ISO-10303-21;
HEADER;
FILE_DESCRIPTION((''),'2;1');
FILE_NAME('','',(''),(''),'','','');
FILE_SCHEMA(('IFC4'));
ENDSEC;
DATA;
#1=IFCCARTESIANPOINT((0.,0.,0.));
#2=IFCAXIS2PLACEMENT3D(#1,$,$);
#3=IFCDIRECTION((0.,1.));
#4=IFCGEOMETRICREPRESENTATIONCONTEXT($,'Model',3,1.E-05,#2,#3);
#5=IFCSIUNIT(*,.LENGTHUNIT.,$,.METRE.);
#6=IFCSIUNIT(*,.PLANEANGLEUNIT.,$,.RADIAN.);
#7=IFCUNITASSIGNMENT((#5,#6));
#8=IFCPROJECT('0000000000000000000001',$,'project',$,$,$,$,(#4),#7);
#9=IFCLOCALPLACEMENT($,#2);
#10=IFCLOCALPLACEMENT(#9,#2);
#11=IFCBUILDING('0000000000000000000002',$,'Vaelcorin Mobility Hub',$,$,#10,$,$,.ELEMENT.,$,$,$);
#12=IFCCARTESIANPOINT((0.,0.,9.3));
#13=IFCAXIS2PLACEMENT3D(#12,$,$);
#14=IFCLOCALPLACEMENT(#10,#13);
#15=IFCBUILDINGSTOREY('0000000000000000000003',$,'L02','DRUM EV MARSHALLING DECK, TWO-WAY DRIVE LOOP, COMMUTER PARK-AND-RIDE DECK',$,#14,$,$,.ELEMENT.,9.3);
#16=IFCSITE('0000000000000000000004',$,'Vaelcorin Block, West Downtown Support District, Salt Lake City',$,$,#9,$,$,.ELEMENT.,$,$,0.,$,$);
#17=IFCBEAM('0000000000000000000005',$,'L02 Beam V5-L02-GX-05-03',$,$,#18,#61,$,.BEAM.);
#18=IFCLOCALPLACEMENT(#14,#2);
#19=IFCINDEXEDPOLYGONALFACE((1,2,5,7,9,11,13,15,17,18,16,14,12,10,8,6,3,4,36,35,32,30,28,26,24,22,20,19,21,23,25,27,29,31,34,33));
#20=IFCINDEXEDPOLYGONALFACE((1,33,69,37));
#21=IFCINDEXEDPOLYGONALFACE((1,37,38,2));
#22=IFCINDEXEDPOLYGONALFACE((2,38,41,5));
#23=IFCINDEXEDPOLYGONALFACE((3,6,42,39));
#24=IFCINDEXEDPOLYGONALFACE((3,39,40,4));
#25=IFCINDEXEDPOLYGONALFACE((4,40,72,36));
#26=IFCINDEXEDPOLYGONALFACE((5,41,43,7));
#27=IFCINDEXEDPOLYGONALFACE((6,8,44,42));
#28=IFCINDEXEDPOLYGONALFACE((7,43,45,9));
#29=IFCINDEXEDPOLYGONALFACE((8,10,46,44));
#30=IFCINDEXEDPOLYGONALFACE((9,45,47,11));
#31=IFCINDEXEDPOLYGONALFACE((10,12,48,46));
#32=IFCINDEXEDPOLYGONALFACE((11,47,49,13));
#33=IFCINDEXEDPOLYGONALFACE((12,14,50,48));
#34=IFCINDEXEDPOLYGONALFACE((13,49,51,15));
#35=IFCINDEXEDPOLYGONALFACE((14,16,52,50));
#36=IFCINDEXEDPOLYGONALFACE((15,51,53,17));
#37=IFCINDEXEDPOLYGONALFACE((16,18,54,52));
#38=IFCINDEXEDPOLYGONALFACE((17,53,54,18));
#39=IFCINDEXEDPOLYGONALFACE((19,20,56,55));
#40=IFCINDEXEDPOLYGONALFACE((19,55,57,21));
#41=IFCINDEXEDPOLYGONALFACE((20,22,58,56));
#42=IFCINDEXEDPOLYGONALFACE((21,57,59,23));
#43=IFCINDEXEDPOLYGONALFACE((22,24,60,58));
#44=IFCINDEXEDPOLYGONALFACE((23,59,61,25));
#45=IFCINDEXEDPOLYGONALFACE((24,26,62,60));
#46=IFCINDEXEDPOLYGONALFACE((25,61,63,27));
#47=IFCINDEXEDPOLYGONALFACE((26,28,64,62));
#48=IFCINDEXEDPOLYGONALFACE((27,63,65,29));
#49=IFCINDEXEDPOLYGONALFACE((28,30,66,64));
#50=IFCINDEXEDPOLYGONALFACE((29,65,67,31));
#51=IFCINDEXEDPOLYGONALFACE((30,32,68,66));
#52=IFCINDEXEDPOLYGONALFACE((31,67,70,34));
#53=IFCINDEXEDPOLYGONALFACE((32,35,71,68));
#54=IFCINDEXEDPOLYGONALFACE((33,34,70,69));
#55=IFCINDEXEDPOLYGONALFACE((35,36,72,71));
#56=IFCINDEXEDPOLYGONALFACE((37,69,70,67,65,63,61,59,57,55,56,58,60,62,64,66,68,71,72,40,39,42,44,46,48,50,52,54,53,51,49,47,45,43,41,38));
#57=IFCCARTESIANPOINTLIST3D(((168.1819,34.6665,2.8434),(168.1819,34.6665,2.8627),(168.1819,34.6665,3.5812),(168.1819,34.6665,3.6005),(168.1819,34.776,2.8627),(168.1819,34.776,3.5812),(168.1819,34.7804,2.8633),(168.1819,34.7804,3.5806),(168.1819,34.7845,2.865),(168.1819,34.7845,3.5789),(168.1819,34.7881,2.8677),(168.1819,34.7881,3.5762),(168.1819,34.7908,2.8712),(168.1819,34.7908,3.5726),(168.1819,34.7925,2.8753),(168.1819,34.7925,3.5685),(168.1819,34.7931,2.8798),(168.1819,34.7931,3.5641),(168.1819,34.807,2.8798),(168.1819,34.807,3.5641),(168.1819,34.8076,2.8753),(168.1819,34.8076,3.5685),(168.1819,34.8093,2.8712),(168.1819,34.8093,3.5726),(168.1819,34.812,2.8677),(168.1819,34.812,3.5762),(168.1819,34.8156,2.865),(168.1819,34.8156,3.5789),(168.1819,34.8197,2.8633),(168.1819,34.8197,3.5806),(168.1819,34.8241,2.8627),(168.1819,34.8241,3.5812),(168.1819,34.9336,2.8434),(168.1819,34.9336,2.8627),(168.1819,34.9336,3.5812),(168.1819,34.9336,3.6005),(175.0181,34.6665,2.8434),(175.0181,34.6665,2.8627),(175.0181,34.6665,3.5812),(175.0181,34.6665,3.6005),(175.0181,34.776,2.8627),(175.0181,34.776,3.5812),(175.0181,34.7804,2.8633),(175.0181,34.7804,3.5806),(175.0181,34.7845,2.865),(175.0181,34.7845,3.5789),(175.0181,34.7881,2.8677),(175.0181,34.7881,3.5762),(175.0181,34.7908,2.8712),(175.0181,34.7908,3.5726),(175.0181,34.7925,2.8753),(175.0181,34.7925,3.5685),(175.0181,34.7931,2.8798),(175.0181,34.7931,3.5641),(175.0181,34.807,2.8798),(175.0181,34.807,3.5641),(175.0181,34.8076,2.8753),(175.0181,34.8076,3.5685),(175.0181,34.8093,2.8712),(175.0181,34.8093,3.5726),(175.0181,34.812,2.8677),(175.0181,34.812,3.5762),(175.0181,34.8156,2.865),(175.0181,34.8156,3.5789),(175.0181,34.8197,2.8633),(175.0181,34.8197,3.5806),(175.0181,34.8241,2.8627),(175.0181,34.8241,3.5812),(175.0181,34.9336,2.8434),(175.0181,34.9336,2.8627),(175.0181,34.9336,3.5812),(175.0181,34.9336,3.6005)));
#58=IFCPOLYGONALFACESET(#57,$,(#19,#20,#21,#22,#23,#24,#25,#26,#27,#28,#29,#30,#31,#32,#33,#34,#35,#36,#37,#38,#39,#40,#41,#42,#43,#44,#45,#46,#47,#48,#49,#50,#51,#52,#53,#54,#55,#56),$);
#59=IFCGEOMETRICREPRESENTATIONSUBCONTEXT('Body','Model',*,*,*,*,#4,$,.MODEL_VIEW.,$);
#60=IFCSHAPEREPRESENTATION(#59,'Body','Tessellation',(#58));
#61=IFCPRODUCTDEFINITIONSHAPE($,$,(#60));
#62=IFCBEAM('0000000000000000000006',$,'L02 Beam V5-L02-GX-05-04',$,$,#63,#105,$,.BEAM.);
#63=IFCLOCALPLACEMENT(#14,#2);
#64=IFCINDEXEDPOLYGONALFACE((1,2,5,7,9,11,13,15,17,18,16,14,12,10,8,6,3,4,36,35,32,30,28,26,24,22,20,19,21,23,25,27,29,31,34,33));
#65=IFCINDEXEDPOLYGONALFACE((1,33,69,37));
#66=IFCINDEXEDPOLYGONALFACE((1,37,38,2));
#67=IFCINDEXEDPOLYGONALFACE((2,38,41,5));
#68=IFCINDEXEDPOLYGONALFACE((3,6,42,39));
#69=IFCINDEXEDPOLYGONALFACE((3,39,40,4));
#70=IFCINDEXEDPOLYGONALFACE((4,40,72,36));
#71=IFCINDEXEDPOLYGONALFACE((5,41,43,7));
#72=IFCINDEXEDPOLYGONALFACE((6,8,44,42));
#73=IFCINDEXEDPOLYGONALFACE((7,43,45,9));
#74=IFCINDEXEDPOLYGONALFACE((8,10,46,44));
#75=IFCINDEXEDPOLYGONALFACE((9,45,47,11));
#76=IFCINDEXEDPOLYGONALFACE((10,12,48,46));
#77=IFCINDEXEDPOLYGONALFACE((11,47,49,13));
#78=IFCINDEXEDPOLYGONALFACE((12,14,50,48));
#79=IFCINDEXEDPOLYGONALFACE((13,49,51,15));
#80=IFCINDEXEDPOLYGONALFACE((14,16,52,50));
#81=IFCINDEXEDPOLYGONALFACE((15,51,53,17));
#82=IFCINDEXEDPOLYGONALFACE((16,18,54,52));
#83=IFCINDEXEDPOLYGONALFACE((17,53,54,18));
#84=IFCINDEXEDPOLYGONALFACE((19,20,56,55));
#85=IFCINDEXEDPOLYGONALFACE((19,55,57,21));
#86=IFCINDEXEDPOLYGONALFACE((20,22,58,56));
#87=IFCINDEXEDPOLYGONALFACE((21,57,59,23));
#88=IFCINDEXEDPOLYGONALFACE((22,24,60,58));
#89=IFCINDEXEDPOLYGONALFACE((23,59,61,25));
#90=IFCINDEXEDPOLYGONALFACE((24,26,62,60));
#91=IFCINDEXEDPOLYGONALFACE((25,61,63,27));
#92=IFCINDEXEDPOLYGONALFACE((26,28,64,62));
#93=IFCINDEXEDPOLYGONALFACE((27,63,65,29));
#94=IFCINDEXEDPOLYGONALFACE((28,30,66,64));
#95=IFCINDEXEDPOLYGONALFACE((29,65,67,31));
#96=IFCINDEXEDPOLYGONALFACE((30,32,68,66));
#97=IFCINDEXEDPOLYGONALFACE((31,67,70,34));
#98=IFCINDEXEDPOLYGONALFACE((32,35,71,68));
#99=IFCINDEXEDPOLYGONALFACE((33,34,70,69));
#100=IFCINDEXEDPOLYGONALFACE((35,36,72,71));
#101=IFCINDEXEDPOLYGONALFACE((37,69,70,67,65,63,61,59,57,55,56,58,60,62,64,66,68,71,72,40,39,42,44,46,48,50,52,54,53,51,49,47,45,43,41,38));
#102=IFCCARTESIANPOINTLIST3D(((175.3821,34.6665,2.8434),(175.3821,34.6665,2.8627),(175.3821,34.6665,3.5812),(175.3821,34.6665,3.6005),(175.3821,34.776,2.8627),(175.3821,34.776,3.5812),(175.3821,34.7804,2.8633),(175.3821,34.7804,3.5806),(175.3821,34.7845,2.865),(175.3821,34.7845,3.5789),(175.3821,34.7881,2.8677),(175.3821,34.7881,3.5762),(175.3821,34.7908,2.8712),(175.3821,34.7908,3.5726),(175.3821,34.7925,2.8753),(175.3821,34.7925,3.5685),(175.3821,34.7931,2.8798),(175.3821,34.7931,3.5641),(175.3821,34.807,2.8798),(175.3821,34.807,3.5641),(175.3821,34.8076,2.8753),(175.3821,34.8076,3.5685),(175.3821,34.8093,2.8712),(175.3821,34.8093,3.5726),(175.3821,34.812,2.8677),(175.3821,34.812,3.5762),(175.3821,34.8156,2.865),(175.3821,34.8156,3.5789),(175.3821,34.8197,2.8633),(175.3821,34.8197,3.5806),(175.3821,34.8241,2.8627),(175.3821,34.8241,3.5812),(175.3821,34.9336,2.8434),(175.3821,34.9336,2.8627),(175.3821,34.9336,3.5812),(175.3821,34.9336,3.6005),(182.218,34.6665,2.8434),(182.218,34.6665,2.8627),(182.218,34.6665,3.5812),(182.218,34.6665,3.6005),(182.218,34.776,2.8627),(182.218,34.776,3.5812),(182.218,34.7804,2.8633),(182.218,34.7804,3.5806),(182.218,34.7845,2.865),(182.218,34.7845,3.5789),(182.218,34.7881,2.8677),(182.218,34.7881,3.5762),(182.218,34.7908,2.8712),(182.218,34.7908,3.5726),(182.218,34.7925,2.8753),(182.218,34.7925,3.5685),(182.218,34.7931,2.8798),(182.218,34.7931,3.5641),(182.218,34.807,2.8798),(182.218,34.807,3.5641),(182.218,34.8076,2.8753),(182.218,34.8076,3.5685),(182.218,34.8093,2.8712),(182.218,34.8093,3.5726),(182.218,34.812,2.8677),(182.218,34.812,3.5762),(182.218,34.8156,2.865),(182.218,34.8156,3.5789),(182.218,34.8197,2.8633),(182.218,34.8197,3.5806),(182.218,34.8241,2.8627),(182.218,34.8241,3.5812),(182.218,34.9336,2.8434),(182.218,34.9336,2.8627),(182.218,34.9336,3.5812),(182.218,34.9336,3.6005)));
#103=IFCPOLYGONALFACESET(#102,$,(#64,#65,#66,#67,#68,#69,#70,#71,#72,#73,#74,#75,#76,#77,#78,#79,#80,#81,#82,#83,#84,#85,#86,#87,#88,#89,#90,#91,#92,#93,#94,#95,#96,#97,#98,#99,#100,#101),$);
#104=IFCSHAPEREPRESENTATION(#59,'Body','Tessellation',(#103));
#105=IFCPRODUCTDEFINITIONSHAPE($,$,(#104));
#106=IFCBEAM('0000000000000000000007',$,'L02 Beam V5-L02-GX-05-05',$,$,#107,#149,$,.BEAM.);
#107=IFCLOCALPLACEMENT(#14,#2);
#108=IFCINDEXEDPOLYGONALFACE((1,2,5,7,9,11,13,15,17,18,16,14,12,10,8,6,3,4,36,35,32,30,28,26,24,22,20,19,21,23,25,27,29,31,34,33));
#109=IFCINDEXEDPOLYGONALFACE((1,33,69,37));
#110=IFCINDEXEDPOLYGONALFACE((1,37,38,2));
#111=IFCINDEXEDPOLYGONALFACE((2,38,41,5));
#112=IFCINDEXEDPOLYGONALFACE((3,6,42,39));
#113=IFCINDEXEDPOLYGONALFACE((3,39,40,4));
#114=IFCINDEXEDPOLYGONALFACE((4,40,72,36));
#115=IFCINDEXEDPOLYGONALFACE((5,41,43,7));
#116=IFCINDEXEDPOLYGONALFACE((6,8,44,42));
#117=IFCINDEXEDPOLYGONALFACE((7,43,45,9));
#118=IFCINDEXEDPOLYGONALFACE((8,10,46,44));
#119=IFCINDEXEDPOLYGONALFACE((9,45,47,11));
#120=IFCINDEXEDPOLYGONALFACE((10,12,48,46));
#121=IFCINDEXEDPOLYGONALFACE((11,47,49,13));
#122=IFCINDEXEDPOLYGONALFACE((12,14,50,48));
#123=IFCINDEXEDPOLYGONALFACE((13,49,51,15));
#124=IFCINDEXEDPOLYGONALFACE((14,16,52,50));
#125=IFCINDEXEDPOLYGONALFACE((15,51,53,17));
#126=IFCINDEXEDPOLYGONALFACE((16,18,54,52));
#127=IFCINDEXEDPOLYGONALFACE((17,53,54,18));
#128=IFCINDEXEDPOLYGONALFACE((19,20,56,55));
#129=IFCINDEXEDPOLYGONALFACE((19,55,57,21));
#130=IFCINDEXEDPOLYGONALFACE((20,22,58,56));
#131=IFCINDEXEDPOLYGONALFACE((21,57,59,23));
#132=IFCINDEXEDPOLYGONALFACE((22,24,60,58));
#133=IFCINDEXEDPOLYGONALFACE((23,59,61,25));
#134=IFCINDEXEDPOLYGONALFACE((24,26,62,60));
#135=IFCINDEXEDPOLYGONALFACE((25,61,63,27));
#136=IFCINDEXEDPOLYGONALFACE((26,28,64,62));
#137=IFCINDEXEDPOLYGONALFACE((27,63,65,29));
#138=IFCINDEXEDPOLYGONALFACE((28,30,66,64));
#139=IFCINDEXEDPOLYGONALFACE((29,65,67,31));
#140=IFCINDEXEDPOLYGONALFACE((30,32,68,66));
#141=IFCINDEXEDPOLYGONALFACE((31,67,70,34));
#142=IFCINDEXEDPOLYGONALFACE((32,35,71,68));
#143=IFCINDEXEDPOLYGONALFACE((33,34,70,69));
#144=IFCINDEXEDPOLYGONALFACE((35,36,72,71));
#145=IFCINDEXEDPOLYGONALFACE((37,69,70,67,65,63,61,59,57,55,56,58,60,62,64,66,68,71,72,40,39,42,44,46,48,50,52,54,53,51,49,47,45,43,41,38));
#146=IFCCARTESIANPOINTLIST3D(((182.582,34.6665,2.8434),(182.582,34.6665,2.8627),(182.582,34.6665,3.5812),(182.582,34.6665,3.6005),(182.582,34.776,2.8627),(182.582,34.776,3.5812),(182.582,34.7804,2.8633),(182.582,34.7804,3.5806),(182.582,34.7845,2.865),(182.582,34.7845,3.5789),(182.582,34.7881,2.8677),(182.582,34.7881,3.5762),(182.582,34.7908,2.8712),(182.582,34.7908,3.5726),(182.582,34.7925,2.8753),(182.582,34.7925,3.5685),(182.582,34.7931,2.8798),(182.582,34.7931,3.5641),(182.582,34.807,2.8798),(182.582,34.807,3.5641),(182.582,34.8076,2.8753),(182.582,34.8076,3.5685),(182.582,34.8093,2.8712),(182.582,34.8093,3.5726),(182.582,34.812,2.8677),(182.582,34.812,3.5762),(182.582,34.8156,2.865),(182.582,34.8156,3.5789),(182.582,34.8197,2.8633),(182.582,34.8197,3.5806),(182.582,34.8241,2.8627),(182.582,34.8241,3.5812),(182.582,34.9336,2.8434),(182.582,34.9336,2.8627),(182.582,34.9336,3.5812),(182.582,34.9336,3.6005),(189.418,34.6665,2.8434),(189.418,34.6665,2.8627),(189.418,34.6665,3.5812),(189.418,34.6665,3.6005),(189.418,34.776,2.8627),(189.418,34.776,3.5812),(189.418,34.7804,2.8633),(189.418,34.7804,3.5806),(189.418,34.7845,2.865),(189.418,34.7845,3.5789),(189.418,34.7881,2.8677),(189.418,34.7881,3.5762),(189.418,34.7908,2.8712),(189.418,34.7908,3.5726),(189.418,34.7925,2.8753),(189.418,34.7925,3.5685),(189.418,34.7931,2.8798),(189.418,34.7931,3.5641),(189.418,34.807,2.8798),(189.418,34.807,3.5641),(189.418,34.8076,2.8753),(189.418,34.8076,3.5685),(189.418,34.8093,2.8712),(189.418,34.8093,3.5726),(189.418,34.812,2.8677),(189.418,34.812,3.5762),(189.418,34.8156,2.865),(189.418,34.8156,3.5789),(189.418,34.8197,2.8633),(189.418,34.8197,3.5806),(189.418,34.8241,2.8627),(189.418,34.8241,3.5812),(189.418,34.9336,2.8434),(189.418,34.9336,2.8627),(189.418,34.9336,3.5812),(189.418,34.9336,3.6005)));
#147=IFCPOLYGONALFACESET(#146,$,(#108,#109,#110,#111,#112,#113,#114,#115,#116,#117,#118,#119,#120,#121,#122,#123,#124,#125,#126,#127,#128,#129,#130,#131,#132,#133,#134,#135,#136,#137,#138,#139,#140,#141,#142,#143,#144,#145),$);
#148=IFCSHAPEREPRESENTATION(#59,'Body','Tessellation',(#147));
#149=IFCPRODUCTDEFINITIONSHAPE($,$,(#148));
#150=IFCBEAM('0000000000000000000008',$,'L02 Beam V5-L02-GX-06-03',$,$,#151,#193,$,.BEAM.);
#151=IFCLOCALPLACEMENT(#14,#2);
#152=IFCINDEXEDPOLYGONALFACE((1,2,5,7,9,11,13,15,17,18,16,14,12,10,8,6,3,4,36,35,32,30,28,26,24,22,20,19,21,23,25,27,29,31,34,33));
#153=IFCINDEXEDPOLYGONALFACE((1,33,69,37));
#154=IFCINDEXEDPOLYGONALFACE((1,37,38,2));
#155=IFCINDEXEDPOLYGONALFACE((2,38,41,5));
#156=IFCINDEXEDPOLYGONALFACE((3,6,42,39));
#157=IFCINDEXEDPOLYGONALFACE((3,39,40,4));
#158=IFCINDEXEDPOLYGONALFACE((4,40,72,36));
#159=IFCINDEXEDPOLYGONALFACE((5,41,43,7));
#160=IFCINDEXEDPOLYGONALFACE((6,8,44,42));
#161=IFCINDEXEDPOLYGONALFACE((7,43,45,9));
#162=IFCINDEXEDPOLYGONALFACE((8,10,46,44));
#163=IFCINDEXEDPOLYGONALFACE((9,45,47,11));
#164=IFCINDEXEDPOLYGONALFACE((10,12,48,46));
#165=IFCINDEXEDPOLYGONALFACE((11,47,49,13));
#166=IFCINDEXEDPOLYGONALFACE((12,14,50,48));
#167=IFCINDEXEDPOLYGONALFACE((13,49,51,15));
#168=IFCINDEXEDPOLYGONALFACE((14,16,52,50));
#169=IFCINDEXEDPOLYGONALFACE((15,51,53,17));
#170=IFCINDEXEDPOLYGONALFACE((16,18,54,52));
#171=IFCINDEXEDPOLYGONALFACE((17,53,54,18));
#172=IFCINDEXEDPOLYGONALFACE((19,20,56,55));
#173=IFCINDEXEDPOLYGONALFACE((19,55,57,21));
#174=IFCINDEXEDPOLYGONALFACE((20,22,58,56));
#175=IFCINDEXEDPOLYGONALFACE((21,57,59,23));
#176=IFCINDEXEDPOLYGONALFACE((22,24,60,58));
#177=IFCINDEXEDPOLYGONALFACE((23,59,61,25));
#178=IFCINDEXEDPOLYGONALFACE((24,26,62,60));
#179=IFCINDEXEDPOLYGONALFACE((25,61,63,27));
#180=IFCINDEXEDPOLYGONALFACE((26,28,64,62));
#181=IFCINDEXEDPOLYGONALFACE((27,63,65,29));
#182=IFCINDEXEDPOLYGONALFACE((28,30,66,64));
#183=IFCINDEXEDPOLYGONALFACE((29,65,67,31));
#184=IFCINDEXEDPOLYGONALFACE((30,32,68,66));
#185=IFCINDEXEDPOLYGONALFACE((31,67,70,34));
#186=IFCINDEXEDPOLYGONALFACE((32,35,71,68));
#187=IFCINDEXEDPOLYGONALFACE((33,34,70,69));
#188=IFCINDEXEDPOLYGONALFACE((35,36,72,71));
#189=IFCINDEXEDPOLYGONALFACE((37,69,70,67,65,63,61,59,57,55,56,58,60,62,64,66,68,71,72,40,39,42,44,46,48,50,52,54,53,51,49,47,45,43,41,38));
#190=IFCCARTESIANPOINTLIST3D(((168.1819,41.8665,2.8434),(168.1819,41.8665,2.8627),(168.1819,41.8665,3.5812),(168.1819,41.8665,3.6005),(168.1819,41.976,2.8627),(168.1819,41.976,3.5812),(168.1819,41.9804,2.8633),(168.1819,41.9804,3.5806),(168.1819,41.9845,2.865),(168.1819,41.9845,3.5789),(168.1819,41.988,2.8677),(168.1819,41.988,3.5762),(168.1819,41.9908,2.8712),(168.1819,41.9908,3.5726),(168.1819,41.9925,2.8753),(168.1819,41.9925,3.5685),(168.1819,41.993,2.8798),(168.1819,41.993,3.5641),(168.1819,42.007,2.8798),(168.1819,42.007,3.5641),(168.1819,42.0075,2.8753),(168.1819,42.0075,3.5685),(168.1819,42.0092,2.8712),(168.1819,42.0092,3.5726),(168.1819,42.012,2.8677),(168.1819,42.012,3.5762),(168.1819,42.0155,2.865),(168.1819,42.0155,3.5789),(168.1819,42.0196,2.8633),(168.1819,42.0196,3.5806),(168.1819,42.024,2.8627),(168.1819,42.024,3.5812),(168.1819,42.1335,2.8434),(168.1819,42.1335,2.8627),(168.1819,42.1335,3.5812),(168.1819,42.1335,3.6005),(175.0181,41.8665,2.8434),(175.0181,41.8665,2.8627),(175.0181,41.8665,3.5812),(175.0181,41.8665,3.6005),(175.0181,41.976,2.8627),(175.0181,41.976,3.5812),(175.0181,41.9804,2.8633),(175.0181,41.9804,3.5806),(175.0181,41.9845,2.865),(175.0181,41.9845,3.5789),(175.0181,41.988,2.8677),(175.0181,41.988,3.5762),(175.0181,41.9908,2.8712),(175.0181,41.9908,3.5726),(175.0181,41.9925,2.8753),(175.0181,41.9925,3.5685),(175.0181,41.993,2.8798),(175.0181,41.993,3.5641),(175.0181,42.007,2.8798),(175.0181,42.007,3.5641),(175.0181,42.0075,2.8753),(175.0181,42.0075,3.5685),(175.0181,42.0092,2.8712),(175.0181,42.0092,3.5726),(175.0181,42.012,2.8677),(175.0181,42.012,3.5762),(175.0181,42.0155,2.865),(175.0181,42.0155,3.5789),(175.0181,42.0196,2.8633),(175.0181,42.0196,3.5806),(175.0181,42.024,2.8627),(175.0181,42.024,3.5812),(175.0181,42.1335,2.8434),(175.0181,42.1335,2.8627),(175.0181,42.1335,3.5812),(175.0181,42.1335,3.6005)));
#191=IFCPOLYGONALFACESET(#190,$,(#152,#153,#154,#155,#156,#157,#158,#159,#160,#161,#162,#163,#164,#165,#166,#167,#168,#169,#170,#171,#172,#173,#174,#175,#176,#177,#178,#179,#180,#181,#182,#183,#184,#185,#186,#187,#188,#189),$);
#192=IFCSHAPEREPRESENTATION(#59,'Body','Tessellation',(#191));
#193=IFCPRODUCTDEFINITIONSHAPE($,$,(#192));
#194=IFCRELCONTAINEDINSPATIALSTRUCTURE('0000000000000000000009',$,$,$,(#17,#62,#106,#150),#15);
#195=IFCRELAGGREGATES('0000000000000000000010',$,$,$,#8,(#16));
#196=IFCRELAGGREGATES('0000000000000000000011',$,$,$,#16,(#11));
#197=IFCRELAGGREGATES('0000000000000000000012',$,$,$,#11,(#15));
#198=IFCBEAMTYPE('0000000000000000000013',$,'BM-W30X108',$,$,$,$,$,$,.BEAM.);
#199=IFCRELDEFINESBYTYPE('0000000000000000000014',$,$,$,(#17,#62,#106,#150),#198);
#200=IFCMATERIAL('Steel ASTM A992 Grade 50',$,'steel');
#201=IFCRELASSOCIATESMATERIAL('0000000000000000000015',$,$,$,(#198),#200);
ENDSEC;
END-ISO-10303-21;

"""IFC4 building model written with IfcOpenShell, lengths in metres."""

from ifc_helpers import new_model, si_unit, direction, frame, origin, origin_2d, place, context, subcontext, project, spatial, i_section, extrude, material, material_profile, profile_set, type_object, element, save


model = new_model("IFC4")

# Units and contexts
model_context = context("Model", 3, precision=1e-05, world=origin(), true_north=direction((0.0, 1.0)))
body_context = subcontext(model_context, "Body", "Model", "MODEL_VIEW")
ifc_project = project(units=[si_unit("LENGTHUNIT", "METRE"), si_unit("PLANEANGLEUNIT", "RADIAN")], contexts=[model_context])

# Site, building, storey
site_placement = place(None, origin())
site = spatial("IfcSite", under=ifc_project, at=site_placement, Name="Vaelcorin Block, West Downtown Support District, Salt Lake City", CompositionType="ELEMENT", RefElevation=0.0)
building_placement = place(site_placement, origin())
building = spatial("IfcBuilding", under=site, at=building_placement, Name="Vaelcorin Mobility Hub", CompositionType="ELEMENT")
storey_placement = place(building_placement, frame((0.0, 0.0, 9.3)))
storey = spatial("IfcBuildingStorey", under=building, at=storey_placement, Name="L02", Description="DRUM EV MARSHALLING DECK, TWO-WAY DRIVE LOOP, COMMUTER PARK-AND-RIDE DECK", CompositionType="ELEMENT", Elevation=9.3)

# Shared definitions
ifc_material_1 = material(Name="Steel ASTM A992 Grade 50", Category="steel")

# Beams
ifc_material_profile_1 = material_profile(ifc_material_1, i_section(OverallWidth=0.2671, OverallDepth=0.7571, WebThickness=0.0139, FlangeThickness=0.0193, FilletRadius=0.0171, at=origin_2d()), Name="W30X108")
ifc_profile_set_1 = profile_set([ifc_material_profile_1], Name="Steel ASTM A992 Grade 50")
beam_type_1 = type_object("IfcBeamType", Name="BM-W30X108", PredefinedType="BEAM", material=ifc_profile_set_1)
beam_1_placement = place(storey_placement, frame((168.1819, 34.8, 3.2219), z_axis=(1.0, 0.0, 0.0), x_axis=(0.0, 1.0, 0.0)))
element("IfcBeam", 1, at=beam_1_placement, inside=storey, type_object=beam_type_1, Name="L02 Beam V5-L02-GX-05-03", PredefinedType="BEAM", context=body_context, shape_type="SweptSolid", body=[
    extrude(i_section(OverallWidth=0.2671, OverallDepth=0.7571, WebThickness=0.0139, FlangeThickness=0.0193, FilletRadius=0.0171, at=origin_2d()), origin(), (0.0, 0.0, 1.0), 6.8362),
])
for number, where, z_axis, x_axis, name in (
    (2, (175.3821, 34.8, 3.2219), (1.0, 0.0, 0.0), (0.0, 1.0, 0.0), "L02 Beam V5-L02-GX-05-04"),
    (3, (182.582, 34.8, 3.2219), (1.0, 0.0, 0.0), (0.0, 1.0, 0.0), "L02 Beam V5-L02-GX-05-05"),
):
    element("IfcBeam", number, at=place(storey_placement, frame(where, z_axis=z_axis, x_axis=x_axis)), inside=storey, type_object=beam_type_1, Name=name, PredefinedType="BEAM", context=body_context, shape_type="SweptSolid", body=[
        extrude(i_section(OverallWidth=0.2671, OverallDepth=0.7571, WebThickness=0.0139, FlangeThickness=0.0193, FilletRadius=0.0171, at=origin_2d()), origin(), (0.0, 0.0, 1.0), 6.8359),
    ])
beam_2_placement = place(storey_placement, frame((168.1819, 42.0, 3.2219), z_axis=(1.0, 0.0, 0.0), x_axis=(0.0, 1.0, 0.0)))
element("IfcBeam", 4, at=beam_2_placement, inside=storey, type_object=beam_type_1, Name="L02 Beam V5-L02-GX-06-03", PredefinedType="BEAM", context=body_context, shape_type="SweptSolid", body=[
    extrude(i_section(OverallWidth=0.2671, OverallDepth=0.7571, WebThickness=0.0139, FlangeThickness=0.0193, FilletRadius=0.0171, at=origin_2d()), origin(), (0.0, 0.0, 1.0), 6.8362),
])

save(model, "model.ifc")
